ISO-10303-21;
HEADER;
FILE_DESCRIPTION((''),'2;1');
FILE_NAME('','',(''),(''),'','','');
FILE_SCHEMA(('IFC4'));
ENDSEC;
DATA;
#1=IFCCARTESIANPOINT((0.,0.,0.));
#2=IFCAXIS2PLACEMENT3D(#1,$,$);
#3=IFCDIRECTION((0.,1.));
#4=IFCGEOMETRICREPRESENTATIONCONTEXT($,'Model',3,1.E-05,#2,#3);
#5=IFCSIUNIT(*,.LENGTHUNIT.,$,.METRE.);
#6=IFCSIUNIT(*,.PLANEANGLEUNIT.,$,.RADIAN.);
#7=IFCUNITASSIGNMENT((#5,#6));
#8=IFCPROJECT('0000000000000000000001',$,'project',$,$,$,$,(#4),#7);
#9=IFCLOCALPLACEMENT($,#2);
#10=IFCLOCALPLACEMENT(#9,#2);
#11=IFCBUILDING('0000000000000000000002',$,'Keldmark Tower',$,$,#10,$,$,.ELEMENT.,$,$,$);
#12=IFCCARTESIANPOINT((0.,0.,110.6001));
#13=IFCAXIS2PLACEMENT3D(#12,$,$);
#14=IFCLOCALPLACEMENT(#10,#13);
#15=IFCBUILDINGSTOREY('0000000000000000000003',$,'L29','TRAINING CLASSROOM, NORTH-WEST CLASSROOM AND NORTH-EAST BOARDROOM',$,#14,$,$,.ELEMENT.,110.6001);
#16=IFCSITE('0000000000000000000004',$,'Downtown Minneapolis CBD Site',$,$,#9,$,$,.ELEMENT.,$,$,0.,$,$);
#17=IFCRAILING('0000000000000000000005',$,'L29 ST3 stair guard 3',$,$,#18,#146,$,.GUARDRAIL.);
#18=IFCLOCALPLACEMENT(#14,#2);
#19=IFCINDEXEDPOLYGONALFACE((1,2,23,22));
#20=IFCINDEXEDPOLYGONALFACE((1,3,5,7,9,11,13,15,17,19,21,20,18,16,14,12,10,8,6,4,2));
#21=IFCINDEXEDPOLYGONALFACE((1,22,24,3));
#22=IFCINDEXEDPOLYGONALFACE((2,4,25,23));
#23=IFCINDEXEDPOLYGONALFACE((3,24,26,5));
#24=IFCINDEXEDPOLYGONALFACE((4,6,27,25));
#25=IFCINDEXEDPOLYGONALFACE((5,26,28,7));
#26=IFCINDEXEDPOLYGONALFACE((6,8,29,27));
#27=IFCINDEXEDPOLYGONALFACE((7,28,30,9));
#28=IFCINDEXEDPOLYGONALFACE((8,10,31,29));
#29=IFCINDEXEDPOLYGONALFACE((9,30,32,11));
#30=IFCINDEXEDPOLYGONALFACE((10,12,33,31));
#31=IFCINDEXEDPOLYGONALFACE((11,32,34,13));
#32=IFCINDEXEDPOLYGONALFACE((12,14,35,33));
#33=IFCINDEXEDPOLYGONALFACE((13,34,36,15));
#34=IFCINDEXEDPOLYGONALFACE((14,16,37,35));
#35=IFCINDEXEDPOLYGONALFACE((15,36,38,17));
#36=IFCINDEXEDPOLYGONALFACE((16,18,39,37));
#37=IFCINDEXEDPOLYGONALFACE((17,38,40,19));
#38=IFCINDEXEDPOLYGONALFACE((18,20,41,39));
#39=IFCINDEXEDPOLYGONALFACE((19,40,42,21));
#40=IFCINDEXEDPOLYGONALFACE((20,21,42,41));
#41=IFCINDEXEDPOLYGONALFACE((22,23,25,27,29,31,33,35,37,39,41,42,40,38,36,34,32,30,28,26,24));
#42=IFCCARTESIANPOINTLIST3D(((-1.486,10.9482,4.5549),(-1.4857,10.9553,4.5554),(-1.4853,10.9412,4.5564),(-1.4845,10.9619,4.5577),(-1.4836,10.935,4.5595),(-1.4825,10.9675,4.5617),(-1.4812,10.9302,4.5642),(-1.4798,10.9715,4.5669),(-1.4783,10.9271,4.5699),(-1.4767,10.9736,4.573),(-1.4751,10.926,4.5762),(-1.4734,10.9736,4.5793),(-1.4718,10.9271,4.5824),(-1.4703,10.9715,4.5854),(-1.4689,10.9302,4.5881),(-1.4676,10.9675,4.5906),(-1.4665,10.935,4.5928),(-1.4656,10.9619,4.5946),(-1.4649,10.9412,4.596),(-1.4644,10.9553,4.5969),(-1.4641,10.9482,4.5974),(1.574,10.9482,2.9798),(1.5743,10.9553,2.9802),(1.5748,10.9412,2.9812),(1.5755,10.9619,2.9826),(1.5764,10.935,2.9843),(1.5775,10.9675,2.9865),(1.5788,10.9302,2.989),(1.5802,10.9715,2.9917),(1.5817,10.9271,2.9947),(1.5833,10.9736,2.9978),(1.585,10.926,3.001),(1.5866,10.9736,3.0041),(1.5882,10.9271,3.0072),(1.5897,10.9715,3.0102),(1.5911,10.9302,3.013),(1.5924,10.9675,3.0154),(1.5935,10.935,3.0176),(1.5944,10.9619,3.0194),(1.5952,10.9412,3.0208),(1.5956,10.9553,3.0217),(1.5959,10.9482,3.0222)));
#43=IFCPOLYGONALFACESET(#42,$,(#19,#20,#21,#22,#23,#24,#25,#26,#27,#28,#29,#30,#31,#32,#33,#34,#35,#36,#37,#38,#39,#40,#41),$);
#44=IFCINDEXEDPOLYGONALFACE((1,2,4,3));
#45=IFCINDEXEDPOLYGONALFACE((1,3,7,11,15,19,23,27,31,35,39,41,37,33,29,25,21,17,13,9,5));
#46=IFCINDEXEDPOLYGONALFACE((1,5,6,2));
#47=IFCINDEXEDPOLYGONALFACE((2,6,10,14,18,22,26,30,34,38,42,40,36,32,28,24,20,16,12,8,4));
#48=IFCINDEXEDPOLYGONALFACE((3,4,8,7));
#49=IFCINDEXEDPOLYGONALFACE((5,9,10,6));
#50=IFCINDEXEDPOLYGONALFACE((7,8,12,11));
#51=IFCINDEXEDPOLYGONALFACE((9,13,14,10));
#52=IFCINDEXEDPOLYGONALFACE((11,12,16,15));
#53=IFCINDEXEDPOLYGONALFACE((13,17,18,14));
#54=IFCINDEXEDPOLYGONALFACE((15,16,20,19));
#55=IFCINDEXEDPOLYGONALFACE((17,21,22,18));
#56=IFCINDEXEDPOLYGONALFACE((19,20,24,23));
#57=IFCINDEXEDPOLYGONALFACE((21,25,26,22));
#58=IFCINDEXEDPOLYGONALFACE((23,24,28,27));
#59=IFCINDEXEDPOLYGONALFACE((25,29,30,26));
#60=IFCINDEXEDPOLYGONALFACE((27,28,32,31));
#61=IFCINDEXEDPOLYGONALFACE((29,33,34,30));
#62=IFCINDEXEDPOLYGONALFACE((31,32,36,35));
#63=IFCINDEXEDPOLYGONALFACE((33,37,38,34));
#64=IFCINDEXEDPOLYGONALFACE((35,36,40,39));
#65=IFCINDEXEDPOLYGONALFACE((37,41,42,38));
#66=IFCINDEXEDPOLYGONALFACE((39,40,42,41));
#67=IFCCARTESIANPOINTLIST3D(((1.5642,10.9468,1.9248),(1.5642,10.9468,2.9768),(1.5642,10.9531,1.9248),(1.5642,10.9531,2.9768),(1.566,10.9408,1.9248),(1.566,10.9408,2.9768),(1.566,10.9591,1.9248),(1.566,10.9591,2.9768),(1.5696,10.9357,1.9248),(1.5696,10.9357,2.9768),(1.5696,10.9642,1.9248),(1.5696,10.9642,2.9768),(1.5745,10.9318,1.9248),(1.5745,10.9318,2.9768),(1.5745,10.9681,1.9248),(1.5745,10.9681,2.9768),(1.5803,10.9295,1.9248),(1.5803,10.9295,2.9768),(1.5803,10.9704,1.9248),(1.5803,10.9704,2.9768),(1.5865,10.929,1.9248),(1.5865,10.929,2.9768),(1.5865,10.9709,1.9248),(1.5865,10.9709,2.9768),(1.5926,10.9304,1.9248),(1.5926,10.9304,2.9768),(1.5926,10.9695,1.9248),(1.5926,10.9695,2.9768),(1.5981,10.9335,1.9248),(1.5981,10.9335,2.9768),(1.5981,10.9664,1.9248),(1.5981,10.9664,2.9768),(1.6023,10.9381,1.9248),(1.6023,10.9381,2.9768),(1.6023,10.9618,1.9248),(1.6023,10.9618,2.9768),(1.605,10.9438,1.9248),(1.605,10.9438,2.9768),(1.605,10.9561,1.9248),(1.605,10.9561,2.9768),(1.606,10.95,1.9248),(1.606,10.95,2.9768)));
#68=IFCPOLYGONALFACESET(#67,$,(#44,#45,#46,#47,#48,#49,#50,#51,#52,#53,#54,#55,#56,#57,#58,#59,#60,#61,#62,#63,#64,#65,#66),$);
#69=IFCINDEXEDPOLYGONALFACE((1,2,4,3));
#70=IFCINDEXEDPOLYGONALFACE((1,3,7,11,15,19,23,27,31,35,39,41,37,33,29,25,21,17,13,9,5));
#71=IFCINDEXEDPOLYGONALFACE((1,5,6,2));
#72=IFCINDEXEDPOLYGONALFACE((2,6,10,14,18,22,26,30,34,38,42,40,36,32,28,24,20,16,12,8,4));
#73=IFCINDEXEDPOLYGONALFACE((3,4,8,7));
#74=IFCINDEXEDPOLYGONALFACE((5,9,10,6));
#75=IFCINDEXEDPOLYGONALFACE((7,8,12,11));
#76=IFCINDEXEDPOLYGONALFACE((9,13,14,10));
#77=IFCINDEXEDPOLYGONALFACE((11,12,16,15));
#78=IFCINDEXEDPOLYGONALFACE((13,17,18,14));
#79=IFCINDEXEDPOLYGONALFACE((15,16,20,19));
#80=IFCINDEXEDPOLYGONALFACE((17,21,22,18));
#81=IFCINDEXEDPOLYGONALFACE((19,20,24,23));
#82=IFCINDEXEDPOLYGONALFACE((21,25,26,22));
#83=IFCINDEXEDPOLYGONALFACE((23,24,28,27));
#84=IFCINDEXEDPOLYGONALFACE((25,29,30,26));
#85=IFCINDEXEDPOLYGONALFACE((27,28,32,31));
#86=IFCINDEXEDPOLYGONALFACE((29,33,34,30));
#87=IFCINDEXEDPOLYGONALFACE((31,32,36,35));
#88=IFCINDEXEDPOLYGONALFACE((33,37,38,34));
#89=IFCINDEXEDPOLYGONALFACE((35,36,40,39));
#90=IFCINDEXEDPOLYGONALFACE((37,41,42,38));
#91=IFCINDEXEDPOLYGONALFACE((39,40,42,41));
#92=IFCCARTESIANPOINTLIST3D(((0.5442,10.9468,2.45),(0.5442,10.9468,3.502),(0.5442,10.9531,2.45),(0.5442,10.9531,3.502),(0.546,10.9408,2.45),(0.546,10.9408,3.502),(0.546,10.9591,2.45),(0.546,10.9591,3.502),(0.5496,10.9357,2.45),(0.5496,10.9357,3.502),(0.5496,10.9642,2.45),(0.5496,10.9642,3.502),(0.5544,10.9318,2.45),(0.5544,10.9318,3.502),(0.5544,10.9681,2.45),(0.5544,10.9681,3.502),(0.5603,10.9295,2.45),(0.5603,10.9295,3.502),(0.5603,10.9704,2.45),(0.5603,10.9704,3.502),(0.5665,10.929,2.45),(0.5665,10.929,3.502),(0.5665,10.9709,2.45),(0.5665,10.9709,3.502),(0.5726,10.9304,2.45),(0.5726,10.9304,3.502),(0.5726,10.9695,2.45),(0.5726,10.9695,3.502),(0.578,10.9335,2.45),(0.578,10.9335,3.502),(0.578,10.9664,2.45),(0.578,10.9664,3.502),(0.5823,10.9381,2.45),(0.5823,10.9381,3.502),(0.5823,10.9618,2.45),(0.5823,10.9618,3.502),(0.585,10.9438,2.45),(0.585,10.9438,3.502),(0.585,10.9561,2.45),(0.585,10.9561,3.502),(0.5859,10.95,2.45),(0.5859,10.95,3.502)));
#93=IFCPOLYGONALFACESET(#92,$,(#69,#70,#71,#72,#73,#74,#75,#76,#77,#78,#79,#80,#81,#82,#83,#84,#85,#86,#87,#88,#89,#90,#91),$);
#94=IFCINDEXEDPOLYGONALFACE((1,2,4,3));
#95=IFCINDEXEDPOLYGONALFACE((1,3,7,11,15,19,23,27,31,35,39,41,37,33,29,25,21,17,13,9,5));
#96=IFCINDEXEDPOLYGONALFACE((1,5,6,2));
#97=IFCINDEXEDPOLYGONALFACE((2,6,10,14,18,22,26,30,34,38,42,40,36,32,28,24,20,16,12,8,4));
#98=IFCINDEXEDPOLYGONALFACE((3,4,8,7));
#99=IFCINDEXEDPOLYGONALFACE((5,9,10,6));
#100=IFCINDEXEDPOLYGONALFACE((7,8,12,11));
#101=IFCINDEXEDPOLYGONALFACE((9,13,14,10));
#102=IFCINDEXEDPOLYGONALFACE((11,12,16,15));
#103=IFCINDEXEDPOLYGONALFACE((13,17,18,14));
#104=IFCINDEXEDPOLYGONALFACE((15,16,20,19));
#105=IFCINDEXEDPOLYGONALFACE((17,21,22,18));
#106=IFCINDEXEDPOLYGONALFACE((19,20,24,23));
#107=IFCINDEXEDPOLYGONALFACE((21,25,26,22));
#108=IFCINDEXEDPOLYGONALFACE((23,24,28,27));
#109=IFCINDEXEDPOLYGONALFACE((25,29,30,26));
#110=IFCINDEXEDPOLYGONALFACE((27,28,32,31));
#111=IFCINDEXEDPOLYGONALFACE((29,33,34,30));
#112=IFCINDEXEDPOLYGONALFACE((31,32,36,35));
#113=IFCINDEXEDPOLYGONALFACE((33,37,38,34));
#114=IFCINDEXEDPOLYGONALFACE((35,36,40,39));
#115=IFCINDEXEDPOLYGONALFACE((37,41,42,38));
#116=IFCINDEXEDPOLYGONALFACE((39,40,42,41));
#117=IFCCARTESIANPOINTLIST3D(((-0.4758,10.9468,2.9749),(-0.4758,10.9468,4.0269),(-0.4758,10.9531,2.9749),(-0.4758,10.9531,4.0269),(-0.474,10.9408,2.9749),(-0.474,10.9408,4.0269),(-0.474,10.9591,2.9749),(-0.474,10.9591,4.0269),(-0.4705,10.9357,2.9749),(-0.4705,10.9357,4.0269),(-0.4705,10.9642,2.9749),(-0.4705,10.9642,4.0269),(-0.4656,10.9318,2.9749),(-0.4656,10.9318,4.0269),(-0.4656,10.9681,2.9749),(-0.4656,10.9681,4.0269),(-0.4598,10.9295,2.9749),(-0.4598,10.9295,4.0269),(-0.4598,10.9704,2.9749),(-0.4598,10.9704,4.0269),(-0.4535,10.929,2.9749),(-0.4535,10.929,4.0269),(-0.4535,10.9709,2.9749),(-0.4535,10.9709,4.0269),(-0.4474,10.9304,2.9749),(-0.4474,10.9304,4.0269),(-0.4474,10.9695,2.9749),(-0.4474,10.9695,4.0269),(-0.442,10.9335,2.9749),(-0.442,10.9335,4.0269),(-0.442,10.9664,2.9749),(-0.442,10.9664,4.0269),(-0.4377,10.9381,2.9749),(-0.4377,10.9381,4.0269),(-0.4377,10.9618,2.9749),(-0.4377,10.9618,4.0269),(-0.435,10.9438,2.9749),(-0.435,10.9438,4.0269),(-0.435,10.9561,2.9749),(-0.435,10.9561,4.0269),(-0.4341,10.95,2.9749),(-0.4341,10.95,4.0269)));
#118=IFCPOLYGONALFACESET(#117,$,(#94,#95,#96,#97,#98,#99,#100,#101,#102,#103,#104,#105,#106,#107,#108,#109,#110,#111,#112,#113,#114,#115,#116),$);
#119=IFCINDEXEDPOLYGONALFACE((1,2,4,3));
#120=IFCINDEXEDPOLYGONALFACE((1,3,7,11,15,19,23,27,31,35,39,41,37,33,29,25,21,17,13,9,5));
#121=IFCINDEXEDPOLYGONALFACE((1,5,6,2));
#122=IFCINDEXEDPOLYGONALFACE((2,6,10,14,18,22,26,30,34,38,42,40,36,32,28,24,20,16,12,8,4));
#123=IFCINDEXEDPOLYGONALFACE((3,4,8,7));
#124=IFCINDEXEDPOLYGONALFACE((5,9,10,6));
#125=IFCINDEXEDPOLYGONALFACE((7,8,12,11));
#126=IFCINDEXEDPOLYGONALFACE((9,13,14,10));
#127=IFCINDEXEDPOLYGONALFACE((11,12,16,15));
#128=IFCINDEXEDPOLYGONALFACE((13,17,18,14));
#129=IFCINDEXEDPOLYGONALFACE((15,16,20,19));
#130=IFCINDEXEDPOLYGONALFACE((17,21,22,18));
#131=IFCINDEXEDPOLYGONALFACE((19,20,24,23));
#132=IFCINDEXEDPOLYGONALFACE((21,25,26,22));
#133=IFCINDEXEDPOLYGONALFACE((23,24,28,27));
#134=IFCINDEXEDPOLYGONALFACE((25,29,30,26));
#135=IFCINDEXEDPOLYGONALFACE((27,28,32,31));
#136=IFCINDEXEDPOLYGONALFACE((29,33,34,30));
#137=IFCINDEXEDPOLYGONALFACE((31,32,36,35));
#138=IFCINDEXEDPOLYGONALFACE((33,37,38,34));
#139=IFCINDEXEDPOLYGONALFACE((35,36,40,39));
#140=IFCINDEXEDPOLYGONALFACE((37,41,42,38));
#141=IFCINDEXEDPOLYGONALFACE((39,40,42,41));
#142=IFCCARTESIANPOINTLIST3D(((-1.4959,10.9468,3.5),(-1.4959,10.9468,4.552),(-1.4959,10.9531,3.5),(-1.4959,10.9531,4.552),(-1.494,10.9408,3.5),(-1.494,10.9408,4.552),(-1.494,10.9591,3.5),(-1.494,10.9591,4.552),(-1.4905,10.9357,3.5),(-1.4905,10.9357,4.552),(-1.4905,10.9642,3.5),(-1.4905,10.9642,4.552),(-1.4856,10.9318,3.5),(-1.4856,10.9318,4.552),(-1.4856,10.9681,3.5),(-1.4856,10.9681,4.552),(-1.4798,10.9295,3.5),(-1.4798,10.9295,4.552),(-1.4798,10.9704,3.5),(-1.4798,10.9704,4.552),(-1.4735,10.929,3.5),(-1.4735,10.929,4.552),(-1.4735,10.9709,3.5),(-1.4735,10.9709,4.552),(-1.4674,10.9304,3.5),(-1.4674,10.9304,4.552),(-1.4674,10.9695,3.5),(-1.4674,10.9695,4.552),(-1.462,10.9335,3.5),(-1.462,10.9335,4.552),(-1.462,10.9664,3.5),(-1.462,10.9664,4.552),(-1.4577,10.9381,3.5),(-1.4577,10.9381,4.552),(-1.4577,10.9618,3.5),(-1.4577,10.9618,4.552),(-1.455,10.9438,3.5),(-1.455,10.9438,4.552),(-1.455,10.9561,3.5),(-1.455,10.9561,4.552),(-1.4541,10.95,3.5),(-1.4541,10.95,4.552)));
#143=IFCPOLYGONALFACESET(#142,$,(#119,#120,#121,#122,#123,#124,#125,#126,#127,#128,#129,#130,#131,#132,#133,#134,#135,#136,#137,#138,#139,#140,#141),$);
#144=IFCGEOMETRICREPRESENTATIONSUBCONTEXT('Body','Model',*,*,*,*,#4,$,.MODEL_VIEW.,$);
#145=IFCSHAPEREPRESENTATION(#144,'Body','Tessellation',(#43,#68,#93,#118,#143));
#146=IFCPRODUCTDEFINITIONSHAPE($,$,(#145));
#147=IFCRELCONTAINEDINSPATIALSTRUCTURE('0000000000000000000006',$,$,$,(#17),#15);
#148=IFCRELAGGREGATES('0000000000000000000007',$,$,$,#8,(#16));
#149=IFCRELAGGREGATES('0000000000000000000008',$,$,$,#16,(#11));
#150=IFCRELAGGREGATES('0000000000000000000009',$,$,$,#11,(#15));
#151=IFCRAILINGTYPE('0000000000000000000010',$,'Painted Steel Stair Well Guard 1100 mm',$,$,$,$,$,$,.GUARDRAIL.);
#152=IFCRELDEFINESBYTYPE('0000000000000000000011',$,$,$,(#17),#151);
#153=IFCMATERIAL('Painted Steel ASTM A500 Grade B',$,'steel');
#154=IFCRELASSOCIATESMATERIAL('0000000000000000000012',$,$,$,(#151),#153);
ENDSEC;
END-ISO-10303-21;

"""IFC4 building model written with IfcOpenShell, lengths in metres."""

from ifc_helpers import new_model, si_unit, direction, frame, origin, origin_2d, place, context, subcontext, project, spatial, circle, extrude, material, type_object, element, save


model = new_model("IFC4")

# Units and contexts
model_context = context("Model", 3, precision=1e-05, world=origin(), true_north=direction((0.0, 1.0)))
body_context = subcontext(model_context, "Body", "Model", "MODEL_VIEW")
ifc_project = project(units=[si_unit("LENGTHUNIT", "METRE"), si_unit("PLANEANGLEUNIT", "RADIAN")], contexts=[model_context])

# Site, building, storey
site_placement = place(None, origin())
site = spatial("IfcSite", under=ifc_project, at=site_placement, Name="Downtown Minneapolis CBD Site", CompositionType="ELEMENT", RefElevation=0.0)
building_placement = place(site_placement, origin())
building = spatial("IfcBuilding", under=site, at=building_placement, Name="Keldmark Tower", CompositionType="ELEMENT")
storey_placement = place(building_placement, frame((0.0, 0.0, 110.6001)))
storey = spatial("IfcBuildingStorey", under=building, at=storey_placement, Name="L29", Description="TRAINING CLASSROOM, NORTH-WEST CLASSROOM AND NORTH-EAST BOARDROOM", CompositionType="ELEMENT", Elevation=110.6001)

# Railing
ifc_material_1 = material(Name="Painted Steel ASTM A500 Grade B", Category="steel")
railing_type_1 = type_object("IfcRailingType", Name="Painted Steel Stair Well Guard 1100 mm", PredefinedType="GUARDRAIL", material=ifc_material_1)
railing_1_placement = place(storey_placement, frame((1.585, 10.95, 1.9248)))
element("IfcRailing", 1, at=railing_1_placement, inside=storey, type_object=railing_type_1, Name="L29 ST3 stair guard 3", PredefinedType="GUARDRAIL", context=body_context, shape_type="SweptSolid", body=[
    extrude(circle(Radius=0.0239, at=origin_2d()), frame((0.0, 0.0, 1.0762), z_axis=(-0.889116, 0.0, 0.457681), x_axis=(0.0, -1.0, 0.0)), (0.0, 0.0, 1.0), 3.4417),
    extrude(circle(Radius=0.021, at=origin_2d()), origin(), (0.0, 0.0, 1.0), 1.052),
    extrude(circle(Radius=0.021, at=origin_2d()), frame((-1.02, 0.0, 0.5251)), (0.0, 0.0, 1.0), 1.052),
    extrude(circle(Radius=0.021, at=origin_2d()), frame((-2.04, 0.0, 1.05)), (0.0, 0.0, 1.0), 1.052),
    extrude(circle(Radius=0.021, at=origin_2d()), frame((-3.0601, 0.0, 1.5752)), (0.0, 0.0, 1.0), 1.052),
])

save(model, "model.ifc")
